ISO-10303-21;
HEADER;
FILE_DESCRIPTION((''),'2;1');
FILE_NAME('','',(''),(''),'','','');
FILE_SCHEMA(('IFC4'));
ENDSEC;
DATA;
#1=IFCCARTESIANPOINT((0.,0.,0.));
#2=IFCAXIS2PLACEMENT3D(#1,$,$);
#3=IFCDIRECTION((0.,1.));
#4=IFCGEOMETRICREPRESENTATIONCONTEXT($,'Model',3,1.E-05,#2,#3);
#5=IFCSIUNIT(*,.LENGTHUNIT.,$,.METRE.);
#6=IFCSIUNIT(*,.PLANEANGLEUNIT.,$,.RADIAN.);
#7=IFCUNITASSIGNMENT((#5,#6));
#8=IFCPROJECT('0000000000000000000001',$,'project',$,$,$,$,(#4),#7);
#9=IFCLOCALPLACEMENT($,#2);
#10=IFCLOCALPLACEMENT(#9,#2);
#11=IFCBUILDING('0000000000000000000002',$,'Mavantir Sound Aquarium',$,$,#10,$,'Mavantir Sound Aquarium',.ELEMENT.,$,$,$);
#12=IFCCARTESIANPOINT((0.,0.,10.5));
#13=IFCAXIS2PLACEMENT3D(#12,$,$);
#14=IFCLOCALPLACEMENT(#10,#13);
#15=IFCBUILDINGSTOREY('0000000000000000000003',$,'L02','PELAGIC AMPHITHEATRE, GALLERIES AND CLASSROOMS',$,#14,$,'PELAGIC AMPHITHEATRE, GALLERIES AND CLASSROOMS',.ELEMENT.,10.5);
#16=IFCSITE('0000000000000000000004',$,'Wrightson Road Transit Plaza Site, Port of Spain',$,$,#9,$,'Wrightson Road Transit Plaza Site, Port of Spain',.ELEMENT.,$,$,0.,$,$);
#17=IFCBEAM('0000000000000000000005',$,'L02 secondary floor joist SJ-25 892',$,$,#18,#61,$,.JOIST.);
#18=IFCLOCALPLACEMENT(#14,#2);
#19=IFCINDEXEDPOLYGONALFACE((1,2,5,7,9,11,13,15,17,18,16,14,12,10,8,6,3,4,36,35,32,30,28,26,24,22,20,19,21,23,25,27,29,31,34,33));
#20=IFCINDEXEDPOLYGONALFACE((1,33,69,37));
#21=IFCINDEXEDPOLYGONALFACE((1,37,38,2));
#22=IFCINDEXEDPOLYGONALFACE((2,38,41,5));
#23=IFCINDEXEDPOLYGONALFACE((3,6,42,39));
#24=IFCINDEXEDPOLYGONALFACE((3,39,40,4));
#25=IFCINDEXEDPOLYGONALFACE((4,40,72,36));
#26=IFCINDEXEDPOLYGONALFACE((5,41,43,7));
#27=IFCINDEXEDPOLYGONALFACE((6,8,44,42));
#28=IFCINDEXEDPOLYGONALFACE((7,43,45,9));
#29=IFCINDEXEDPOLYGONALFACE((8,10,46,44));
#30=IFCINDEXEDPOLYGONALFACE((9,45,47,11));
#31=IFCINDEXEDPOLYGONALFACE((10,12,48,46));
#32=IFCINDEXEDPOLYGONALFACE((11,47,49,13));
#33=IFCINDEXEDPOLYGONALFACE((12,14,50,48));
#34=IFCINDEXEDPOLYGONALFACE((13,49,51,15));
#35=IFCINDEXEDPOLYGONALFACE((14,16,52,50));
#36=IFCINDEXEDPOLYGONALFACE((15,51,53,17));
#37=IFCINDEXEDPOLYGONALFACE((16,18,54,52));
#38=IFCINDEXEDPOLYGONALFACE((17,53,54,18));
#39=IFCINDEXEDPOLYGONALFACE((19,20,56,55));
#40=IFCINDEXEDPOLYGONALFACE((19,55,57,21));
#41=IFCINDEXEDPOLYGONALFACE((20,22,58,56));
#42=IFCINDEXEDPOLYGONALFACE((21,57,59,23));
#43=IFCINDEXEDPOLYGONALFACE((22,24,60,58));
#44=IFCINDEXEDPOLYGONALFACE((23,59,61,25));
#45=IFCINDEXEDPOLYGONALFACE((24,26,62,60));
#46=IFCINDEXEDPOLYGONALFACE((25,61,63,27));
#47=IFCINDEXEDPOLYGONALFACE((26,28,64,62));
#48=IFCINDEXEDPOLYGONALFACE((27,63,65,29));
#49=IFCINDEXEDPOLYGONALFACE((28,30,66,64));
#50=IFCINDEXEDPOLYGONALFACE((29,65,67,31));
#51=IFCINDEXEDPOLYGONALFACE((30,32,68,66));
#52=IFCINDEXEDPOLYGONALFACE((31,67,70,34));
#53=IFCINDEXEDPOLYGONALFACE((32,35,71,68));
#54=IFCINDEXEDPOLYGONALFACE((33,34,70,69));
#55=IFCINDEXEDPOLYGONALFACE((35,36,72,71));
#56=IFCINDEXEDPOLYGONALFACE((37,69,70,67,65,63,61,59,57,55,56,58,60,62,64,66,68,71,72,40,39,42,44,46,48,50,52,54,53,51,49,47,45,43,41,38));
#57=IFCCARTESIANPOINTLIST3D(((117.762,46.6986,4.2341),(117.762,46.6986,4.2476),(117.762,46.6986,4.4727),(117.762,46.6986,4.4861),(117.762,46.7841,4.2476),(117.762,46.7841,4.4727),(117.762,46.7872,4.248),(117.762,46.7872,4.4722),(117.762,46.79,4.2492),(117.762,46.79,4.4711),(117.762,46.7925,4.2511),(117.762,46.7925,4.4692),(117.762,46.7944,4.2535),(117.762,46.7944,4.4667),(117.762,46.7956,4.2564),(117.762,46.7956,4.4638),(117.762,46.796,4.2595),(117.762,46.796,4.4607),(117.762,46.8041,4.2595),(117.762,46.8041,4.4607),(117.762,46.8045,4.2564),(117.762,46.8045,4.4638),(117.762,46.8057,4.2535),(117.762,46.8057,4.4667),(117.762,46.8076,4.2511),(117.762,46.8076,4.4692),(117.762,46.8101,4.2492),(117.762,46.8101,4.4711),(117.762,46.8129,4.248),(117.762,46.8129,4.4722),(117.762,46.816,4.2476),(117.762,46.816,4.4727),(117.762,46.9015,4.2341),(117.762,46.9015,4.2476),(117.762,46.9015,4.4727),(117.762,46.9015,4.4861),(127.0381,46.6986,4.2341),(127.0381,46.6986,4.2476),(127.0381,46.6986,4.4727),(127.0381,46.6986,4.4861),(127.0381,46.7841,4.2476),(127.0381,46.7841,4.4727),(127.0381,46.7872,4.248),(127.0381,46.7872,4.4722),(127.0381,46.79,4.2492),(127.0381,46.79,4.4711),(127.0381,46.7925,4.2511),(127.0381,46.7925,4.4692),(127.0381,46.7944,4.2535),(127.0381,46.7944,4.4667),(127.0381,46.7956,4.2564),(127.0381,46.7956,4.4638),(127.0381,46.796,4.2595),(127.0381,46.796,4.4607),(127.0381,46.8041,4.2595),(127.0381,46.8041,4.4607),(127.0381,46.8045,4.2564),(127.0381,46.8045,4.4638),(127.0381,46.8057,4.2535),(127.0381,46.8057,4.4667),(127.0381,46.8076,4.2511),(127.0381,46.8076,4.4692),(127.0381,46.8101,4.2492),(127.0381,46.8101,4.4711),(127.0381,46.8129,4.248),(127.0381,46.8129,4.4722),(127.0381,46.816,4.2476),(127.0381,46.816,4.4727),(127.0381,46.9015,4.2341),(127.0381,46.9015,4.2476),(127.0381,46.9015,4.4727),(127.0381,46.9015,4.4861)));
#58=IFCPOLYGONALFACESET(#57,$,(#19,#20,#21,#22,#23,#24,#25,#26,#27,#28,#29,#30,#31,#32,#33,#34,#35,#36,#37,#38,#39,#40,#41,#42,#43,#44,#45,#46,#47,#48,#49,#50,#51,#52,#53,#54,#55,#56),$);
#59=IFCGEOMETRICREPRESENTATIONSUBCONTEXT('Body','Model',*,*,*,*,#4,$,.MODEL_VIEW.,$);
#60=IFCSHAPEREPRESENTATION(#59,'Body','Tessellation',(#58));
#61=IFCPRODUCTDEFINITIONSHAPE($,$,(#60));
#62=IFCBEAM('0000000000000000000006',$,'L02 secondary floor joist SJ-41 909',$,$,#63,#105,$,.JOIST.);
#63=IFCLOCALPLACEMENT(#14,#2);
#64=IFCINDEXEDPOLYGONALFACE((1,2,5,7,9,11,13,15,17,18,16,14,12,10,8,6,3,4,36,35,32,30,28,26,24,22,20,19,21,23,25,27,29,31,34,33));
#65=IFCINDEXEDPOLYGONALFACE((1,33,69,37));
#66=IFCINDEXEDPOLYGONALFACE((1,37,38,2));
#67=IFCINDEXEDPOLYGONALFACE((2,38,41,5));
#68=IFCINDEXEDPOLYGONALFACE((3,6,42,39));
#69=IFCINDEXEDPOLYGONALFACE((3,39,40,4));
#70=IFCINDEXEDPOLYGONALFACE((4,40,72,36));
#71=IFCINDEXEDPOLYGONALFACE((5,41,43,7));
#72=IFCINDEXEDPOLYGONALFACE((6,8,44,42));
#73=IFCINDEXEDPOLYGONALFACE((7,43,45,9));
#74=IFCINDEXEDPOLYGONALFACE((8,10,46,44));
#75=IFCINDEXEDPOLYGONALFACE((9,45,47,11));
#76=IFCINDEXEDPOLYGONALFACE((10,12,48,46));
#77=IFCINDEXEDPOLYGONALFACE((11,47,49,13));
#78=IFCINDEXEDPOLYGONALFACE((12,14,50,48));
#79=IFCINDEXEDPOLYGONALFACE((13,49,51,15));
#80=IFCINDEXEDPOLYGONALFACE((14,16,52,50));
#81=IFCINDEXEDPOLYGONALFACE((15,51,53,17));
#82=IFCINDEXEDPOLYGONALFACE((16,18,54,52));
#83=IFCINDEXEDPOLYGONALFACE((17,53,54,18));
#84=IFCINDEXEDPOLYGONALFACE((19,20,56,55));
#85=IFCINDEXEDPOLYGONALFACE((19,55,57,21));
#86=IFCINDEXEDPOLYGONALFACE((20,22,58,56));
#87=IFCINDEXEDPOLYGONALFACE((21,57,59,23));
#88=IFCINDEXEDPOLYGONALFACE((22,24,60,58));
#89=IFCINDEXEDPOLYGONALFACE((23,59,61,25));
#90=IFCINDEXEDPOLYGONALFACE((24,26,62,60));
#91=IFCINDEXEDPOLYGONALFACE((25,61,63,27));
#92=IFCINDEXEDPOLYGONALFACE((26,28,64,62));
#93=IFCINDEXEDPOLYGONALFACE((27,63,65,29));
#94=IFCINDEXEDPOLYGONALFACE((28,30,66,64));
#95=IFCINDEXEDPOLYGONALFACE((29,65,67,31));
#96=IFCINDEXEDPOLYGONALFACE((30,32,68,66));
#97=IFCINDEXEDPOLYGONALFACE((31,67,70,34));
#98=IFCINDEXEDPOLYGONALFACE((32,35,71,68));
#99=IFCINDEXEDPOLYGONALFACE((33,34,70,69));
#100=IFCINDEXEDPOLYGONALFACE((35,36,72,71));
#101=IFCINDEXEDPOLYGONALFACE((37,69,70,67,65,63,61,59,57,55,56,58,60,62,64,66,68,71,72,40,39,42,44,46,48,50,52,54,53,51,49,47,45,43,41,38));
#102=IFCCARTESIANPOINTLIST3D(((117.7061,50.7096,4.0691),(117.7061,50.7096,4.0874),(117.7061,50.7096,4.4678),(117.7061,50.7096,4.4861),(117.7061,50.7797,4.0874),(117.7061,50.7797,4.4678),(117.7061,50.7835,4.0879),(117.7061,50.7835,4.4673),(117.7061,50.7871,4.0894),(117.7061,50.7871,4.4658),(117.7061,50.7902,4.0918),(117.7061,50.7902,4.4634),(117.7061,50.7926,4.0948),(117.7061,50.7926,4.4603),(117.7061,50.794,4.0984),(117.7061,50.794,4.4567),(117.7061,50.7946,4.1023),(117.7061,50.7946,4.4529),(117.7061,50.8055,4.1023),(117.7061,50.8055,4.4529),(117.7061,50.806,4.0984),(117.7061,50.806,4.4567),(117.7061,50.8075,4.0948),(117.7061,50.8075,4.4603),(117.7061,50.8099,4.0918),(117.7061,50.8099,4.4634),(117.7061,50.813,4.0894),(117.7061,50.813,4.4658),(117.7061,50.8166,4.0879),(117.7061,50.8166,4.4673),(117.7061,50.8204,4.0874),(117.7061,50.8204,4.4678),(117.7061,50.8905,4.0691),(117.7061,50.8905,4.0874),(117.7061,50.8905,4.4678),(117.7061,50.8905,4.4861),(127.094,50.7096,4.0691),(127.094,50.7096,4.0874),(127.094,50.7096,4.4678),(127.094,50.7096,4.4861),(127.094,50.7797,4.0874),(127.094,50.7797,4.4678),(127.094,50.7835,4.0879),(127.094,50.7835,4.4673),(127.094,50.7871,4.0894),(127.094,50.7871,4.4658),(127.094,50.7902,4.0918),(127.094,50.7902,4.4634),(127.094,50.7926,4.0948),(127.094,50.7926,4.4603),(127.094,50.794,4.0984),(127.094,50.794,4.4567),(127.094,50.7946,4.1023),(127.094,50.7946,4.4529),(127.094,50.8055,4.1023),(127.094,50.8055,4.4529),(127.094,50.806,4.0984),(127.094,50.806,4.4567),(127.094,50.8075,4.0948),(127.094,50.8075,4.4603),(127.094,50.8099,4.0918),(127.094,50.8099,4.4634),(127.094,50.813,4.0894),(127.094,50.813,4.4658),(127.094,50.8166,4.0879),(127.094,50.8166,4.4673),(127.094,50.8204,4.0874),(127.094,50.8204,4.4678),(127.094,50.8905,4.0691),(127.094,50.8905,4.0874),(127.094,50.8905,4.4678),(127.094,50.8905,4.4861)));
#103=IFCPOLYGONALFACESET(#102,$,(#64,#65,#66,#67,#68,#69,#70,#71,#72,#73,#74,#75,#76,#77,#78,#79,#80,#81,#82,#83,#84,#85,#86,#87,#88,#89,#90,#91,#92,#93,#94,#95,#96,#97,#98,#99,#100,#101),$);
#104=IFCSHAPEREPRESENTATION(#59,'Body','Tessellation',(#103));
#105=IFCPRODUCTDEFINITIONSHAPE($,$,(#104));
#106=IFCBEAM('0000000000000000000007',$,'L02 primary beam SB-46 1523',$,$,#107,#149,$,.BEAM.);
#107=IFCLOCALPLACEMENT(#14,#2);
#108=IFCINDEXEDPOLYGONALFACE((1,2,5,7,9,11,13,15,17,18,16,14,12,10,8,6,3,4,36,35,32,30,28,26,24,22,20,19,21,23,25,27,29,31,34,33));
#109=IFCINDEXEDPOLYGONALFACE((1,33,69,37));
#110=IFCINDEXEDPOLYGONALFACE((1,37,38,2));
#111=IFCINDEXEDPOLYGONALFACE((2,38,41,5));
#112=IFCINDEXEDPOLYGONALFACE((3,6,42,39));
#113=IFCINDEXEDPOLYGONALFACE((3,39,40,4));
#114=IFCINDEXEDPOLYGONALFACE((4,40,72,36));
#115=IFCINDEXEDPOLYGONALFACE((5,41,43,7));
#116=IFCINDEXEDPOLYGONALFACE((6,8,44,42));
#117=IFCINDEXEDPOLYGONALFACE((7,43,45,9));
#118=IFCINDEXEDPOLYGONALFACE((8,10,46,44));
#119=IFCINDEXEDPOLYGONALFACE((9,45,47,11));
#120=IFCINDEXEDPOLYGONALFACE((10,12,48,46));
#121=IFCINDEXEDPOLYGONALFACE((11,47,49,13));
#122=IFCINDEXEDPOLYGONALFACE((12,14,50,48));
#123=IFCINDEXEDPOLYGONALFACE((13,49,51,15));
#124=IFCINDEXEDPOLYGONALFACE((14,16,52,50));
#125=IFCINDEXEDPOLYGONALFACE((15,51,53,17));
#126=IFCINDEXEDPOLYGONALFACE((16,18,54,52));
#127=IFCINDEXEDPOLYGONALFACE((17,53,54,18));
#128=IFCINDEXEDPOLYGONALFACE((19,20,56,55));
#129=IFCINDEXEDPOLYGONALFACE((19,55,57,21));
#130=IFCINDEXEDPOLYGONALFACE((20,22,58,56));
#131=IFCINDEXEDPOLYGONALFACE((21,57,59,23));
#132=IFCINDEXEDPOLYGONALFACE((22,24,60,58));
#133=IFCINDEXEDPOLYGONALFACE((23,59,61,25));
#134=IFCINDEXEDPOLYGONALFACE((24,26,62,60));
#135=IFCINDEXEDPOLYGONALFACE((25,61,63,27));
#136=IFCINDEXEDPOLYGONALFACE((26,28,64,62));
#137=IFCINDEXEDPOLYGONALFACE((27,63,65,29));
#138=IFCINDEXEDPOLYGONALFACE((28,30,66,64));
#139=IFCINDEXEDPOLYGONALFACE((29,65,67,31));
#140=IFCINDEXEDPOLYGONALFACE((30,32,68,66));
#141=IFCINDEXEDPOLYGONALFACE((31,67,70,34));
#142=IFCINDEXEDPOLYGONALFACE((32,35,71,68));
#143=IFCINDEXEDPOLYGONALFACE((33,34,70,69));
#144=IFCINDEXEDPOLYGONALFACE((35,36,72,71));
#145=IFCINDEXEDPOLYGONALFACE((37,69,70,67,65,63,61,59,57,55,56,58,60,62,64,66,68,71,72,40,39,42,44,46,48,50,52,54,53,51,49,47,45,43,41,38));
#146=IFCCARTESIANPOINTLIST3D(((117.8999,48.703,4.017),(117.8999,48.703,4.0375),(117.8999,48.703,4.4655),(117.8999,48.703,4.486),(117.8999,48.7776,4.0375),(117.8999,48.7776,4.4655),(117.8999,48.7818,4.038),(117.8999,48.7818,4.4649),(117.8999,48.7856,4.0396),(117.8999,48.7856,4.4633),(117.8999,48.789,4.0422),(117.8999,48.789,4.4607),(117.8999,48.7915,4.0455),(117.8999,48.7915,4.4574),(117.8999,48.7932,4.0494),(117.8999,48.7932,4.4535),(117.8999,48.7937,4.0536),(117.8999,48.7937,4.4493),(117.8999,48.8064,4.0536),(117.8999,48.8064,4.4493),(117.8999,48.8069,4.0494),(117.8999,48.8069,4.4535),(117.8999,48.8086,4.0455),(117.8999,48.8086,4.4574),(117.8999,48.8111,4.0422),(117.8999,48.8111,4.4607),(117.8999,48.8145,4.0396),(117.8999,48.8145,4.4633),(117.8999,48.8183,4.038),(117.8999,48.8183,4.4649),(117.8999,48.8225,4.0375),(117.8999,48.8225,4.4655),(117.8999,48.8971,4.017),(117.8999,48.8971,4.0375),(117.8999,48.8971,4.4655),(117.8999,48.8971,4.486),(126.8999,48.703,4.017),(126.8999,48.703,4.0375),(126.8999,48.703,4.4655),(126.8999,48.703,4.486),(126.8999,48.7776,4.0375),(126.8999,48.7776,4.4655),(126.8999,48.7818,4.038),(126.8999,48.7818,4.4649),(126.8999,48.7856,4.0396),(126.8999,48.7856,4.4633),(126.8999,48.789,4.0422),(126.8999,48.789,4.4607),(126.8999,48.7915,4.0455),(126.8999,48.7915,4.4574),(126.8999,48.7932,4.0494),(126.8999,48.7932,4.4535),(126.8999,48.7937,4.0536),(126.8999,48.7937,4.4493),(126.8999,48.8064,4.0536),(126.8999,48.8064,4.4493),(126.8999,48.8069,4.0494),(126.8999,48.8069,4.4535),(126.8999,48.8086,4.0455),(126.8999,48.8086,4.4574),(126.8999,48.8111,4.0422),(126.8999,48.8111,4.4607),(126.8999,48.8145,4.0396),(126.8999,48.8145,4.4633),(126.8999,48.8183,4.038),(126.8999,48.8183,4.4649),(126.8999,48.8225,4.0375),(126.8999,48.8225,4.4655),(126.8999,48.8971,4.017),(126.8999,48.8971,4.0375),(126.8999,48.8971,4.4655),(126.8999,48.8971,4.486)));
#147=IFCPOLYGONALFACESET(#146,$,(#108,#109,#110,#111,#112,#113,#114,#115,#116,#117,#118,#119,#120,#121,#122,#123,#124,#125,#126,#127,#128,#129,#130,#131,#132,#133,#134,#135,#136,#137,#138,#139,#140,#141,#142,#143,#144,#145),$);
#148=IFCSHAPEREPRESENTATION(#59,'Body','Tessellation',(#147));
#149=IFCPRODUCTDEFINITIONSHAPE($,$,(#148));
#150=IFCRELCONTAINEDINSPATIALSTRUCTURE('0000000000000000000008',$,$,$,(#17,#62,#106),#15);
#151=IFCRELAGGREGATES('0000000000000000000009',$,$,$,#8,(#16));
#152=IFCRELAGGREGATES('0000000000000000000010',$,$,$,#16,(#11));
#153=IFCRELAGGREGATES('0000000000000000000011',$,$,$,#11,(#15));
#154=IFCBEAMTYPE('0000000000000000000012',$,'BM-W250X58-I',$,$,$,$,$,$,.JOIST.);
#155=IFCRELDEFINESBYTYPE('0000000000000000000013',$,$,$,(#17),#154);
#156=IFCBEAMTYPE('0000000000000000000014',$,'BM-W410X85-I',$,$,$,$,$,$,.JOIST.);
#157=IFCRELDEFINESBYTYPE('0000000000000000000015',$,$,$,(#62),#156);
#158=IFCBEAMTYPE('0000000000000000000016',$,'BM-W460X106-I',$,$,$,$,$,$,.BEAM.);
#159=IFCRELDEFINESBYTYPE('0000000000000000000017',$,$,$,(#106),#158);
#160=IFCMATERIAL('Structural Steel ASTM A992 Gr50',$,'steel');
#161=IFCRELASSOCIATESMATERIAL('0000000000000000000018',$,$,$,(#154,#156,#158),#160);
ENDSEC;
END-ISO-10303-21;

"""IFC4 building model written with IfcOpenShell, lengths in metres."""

from ifc_helpers import new_model, si_unit, direction, frame, origin, origin_2d, place, context, subcontext, project, spatial, i_section, extrude, material, material_profile, profile_set, type_object, element, save


model = new_model("IFC4")

# Units and contexts
model_context = context("Model", 3, precision=1e-05, world=origin(), true_north=direction((0.0, 1.0)))
body_context = subcontext(model_context, "Body", "Model", "MODEL_VIEW")
ifc_project = project(units=[si_unit("LENGTHUNIT", "METRE"), si_unit("PLANEANGLEUNIT", "RADIAN")], contexts=[model_context])

# Site, building, storey
site_placement = place(None, origin())
site = spatial("IfcSite", under=ifc_project, at=site_placement, Name="Wrightson Road Transit Plaza Site, Port of Spain", LongName="Wrightson Road Transit Plaza Site, Port of Spain", CompositionType="ELEMENT", RefElevation=0.0)
building_placement = place(site_placement, origin())
building = spatial("IfcBuilding", under=site, at=building_placement, Name="Mavantir Sound Aquarium", LongName="Mavantir Sound Aquarium", CompositionType="ELEMENT")
storey_placement = place(building_placement, frame((0.0, 0.0, 10.5)))
storey = spatial("IfcBuildingStorey", under=building, at=storey_placement, Name="L02", Description="PELAGIC AMPHITHEATRE, GALLERIES AND CLASSROOMS", LongName="PELAGIC AMPHITHEATRE, GALLERIES AND CLASSROOMS", CompositionType="ELEMENT", Elevation=10.5)

# Beams
ifc_material_1 = material(Name="Structural Steel ASTM A992 Gr50", Category="steel")
ifc_material_profile_1 = material_profile(ifc_material_1, i_section(OverallWidth=0.2029, OverallDepth=0.252, WebThickness=0.0081, FlangeThickness=0.0134, FilletRadius=0.012, at=origin_2d()), Name="W250X58")
ifc_profile_set_1 = profile_set([ifc_material_profile_1], Name="Structural Steel ASTM A992 Gr50")
beam_type_1 = type_object("IfcBeamType", Name="BM-W250X58-I", PredefinedType="JOIST", material=ifc_profile_set_1)
beam_1_placement = place(storey_placement, frame((117.762, 46.8, 4.3601), z_axis=(1.0, 0.0, 0.0), x_axis=(0.0, 1.0, 0.0)))
element("IfcBeam", 1, at=beam_1_placement, inside=storey, type_object=beam_type_1, Name="L02 secondary floor joist SJ-25 892", PredefinedType="JOIST", context=body_context, shape_type="SweptSolid", body=[
    extrude(i_section(OverallWidth=0.2029, OverallDepth=0.252, WebThickness=0.0081, FlangeThickness=0.0134, FilletRadius=0.012, at=origin_2d()), origin(), (0.0, 0.0, 1.0), 9.2761),
])
ifc_material_profile_2 = material_profile(ifc_material_1, i_section(OverallWidth=0.1809, OverallDepth=0.417, WebThickness=0.011, FlangeThickness=0.0183, FilletRadius=0.0149, at=origin_2d()), Name="W410X85")
ifc_profile_set_2 = profile_set([ifc_material_profile_2], Name="Structural Steel ASTM A992 Gr50")
beam_type_2 = type_object("IfcBeamType", Name="BM-W410X85-I", PredefinedType="JOIST", material=ifc_profile_set_2)
beam_2_placement = place(storey_placement, frame((117.7061, 50.8, 4.2776), z_axis=(1.0, 0.0, 0.0), x_axis=(0.0, 1.0, 0.0)))
element("IfcBeam", 2, at=beam_2_placement, inside=storey, type_object=beam_type_2, Name="L02 secondary floor joist SJ-41 909", PredefinedType="JOIST", context=body_context, shape_type="SweptSolid", body=[
    extrude(i_section(OverallWidth=0.1809, OverallDepth=0.417, WebThickness=0.011, FlangeThickness=0.0183, FilletRadius=0.0149, at=origin_2d()), origin(), (0.0, 0.0, 1.0), 9.3879),
])
ifc_material_profile_3 = material_profile(ifc_material_1, i_section(OverallWidth=0.1941, OverallDepth=0.469, WebThickness=0.0127, FlangeThickness=0.0205, FilletRadius=0.0161, at=origin_2d()), Name="W460X106")
ifc_profile_set_3 = profile_set([ifc_material_profile_3], Name="Structural Steel ASTM A992 Gr50")
beam_type_3 = type_object("IfcBeamType", Name="BM-W460X106-I", PredefinedType="BEAM", material=ifc_profile_set_3)
beam_3_placement = place(storey_placement, frame((117.8999, 48.8, 4.2515), z_axis=(1.0, 0.0, 0.0), x_axis=(0.0, 1.0, 0.0)))
element("IfcBeam", 3, at=beam_3_placement, inside=storey, type_object=beam_type_3, Name="L02 primary beam SB-46 1523", PredefinedType="BEAM", context=body_context, shape_type="SweptSolid", body=[
    extrude(i_section(OverallWidth=0.1941, OverallDepth=0.469, WebThickness=0.0127, FlangeThickness=0.0205, FilletRadius=0.0161, at=origin_2d()), origin(), (0.0, 0.0, 1.0), 9.0),
])

save(model, "model.ifc")
